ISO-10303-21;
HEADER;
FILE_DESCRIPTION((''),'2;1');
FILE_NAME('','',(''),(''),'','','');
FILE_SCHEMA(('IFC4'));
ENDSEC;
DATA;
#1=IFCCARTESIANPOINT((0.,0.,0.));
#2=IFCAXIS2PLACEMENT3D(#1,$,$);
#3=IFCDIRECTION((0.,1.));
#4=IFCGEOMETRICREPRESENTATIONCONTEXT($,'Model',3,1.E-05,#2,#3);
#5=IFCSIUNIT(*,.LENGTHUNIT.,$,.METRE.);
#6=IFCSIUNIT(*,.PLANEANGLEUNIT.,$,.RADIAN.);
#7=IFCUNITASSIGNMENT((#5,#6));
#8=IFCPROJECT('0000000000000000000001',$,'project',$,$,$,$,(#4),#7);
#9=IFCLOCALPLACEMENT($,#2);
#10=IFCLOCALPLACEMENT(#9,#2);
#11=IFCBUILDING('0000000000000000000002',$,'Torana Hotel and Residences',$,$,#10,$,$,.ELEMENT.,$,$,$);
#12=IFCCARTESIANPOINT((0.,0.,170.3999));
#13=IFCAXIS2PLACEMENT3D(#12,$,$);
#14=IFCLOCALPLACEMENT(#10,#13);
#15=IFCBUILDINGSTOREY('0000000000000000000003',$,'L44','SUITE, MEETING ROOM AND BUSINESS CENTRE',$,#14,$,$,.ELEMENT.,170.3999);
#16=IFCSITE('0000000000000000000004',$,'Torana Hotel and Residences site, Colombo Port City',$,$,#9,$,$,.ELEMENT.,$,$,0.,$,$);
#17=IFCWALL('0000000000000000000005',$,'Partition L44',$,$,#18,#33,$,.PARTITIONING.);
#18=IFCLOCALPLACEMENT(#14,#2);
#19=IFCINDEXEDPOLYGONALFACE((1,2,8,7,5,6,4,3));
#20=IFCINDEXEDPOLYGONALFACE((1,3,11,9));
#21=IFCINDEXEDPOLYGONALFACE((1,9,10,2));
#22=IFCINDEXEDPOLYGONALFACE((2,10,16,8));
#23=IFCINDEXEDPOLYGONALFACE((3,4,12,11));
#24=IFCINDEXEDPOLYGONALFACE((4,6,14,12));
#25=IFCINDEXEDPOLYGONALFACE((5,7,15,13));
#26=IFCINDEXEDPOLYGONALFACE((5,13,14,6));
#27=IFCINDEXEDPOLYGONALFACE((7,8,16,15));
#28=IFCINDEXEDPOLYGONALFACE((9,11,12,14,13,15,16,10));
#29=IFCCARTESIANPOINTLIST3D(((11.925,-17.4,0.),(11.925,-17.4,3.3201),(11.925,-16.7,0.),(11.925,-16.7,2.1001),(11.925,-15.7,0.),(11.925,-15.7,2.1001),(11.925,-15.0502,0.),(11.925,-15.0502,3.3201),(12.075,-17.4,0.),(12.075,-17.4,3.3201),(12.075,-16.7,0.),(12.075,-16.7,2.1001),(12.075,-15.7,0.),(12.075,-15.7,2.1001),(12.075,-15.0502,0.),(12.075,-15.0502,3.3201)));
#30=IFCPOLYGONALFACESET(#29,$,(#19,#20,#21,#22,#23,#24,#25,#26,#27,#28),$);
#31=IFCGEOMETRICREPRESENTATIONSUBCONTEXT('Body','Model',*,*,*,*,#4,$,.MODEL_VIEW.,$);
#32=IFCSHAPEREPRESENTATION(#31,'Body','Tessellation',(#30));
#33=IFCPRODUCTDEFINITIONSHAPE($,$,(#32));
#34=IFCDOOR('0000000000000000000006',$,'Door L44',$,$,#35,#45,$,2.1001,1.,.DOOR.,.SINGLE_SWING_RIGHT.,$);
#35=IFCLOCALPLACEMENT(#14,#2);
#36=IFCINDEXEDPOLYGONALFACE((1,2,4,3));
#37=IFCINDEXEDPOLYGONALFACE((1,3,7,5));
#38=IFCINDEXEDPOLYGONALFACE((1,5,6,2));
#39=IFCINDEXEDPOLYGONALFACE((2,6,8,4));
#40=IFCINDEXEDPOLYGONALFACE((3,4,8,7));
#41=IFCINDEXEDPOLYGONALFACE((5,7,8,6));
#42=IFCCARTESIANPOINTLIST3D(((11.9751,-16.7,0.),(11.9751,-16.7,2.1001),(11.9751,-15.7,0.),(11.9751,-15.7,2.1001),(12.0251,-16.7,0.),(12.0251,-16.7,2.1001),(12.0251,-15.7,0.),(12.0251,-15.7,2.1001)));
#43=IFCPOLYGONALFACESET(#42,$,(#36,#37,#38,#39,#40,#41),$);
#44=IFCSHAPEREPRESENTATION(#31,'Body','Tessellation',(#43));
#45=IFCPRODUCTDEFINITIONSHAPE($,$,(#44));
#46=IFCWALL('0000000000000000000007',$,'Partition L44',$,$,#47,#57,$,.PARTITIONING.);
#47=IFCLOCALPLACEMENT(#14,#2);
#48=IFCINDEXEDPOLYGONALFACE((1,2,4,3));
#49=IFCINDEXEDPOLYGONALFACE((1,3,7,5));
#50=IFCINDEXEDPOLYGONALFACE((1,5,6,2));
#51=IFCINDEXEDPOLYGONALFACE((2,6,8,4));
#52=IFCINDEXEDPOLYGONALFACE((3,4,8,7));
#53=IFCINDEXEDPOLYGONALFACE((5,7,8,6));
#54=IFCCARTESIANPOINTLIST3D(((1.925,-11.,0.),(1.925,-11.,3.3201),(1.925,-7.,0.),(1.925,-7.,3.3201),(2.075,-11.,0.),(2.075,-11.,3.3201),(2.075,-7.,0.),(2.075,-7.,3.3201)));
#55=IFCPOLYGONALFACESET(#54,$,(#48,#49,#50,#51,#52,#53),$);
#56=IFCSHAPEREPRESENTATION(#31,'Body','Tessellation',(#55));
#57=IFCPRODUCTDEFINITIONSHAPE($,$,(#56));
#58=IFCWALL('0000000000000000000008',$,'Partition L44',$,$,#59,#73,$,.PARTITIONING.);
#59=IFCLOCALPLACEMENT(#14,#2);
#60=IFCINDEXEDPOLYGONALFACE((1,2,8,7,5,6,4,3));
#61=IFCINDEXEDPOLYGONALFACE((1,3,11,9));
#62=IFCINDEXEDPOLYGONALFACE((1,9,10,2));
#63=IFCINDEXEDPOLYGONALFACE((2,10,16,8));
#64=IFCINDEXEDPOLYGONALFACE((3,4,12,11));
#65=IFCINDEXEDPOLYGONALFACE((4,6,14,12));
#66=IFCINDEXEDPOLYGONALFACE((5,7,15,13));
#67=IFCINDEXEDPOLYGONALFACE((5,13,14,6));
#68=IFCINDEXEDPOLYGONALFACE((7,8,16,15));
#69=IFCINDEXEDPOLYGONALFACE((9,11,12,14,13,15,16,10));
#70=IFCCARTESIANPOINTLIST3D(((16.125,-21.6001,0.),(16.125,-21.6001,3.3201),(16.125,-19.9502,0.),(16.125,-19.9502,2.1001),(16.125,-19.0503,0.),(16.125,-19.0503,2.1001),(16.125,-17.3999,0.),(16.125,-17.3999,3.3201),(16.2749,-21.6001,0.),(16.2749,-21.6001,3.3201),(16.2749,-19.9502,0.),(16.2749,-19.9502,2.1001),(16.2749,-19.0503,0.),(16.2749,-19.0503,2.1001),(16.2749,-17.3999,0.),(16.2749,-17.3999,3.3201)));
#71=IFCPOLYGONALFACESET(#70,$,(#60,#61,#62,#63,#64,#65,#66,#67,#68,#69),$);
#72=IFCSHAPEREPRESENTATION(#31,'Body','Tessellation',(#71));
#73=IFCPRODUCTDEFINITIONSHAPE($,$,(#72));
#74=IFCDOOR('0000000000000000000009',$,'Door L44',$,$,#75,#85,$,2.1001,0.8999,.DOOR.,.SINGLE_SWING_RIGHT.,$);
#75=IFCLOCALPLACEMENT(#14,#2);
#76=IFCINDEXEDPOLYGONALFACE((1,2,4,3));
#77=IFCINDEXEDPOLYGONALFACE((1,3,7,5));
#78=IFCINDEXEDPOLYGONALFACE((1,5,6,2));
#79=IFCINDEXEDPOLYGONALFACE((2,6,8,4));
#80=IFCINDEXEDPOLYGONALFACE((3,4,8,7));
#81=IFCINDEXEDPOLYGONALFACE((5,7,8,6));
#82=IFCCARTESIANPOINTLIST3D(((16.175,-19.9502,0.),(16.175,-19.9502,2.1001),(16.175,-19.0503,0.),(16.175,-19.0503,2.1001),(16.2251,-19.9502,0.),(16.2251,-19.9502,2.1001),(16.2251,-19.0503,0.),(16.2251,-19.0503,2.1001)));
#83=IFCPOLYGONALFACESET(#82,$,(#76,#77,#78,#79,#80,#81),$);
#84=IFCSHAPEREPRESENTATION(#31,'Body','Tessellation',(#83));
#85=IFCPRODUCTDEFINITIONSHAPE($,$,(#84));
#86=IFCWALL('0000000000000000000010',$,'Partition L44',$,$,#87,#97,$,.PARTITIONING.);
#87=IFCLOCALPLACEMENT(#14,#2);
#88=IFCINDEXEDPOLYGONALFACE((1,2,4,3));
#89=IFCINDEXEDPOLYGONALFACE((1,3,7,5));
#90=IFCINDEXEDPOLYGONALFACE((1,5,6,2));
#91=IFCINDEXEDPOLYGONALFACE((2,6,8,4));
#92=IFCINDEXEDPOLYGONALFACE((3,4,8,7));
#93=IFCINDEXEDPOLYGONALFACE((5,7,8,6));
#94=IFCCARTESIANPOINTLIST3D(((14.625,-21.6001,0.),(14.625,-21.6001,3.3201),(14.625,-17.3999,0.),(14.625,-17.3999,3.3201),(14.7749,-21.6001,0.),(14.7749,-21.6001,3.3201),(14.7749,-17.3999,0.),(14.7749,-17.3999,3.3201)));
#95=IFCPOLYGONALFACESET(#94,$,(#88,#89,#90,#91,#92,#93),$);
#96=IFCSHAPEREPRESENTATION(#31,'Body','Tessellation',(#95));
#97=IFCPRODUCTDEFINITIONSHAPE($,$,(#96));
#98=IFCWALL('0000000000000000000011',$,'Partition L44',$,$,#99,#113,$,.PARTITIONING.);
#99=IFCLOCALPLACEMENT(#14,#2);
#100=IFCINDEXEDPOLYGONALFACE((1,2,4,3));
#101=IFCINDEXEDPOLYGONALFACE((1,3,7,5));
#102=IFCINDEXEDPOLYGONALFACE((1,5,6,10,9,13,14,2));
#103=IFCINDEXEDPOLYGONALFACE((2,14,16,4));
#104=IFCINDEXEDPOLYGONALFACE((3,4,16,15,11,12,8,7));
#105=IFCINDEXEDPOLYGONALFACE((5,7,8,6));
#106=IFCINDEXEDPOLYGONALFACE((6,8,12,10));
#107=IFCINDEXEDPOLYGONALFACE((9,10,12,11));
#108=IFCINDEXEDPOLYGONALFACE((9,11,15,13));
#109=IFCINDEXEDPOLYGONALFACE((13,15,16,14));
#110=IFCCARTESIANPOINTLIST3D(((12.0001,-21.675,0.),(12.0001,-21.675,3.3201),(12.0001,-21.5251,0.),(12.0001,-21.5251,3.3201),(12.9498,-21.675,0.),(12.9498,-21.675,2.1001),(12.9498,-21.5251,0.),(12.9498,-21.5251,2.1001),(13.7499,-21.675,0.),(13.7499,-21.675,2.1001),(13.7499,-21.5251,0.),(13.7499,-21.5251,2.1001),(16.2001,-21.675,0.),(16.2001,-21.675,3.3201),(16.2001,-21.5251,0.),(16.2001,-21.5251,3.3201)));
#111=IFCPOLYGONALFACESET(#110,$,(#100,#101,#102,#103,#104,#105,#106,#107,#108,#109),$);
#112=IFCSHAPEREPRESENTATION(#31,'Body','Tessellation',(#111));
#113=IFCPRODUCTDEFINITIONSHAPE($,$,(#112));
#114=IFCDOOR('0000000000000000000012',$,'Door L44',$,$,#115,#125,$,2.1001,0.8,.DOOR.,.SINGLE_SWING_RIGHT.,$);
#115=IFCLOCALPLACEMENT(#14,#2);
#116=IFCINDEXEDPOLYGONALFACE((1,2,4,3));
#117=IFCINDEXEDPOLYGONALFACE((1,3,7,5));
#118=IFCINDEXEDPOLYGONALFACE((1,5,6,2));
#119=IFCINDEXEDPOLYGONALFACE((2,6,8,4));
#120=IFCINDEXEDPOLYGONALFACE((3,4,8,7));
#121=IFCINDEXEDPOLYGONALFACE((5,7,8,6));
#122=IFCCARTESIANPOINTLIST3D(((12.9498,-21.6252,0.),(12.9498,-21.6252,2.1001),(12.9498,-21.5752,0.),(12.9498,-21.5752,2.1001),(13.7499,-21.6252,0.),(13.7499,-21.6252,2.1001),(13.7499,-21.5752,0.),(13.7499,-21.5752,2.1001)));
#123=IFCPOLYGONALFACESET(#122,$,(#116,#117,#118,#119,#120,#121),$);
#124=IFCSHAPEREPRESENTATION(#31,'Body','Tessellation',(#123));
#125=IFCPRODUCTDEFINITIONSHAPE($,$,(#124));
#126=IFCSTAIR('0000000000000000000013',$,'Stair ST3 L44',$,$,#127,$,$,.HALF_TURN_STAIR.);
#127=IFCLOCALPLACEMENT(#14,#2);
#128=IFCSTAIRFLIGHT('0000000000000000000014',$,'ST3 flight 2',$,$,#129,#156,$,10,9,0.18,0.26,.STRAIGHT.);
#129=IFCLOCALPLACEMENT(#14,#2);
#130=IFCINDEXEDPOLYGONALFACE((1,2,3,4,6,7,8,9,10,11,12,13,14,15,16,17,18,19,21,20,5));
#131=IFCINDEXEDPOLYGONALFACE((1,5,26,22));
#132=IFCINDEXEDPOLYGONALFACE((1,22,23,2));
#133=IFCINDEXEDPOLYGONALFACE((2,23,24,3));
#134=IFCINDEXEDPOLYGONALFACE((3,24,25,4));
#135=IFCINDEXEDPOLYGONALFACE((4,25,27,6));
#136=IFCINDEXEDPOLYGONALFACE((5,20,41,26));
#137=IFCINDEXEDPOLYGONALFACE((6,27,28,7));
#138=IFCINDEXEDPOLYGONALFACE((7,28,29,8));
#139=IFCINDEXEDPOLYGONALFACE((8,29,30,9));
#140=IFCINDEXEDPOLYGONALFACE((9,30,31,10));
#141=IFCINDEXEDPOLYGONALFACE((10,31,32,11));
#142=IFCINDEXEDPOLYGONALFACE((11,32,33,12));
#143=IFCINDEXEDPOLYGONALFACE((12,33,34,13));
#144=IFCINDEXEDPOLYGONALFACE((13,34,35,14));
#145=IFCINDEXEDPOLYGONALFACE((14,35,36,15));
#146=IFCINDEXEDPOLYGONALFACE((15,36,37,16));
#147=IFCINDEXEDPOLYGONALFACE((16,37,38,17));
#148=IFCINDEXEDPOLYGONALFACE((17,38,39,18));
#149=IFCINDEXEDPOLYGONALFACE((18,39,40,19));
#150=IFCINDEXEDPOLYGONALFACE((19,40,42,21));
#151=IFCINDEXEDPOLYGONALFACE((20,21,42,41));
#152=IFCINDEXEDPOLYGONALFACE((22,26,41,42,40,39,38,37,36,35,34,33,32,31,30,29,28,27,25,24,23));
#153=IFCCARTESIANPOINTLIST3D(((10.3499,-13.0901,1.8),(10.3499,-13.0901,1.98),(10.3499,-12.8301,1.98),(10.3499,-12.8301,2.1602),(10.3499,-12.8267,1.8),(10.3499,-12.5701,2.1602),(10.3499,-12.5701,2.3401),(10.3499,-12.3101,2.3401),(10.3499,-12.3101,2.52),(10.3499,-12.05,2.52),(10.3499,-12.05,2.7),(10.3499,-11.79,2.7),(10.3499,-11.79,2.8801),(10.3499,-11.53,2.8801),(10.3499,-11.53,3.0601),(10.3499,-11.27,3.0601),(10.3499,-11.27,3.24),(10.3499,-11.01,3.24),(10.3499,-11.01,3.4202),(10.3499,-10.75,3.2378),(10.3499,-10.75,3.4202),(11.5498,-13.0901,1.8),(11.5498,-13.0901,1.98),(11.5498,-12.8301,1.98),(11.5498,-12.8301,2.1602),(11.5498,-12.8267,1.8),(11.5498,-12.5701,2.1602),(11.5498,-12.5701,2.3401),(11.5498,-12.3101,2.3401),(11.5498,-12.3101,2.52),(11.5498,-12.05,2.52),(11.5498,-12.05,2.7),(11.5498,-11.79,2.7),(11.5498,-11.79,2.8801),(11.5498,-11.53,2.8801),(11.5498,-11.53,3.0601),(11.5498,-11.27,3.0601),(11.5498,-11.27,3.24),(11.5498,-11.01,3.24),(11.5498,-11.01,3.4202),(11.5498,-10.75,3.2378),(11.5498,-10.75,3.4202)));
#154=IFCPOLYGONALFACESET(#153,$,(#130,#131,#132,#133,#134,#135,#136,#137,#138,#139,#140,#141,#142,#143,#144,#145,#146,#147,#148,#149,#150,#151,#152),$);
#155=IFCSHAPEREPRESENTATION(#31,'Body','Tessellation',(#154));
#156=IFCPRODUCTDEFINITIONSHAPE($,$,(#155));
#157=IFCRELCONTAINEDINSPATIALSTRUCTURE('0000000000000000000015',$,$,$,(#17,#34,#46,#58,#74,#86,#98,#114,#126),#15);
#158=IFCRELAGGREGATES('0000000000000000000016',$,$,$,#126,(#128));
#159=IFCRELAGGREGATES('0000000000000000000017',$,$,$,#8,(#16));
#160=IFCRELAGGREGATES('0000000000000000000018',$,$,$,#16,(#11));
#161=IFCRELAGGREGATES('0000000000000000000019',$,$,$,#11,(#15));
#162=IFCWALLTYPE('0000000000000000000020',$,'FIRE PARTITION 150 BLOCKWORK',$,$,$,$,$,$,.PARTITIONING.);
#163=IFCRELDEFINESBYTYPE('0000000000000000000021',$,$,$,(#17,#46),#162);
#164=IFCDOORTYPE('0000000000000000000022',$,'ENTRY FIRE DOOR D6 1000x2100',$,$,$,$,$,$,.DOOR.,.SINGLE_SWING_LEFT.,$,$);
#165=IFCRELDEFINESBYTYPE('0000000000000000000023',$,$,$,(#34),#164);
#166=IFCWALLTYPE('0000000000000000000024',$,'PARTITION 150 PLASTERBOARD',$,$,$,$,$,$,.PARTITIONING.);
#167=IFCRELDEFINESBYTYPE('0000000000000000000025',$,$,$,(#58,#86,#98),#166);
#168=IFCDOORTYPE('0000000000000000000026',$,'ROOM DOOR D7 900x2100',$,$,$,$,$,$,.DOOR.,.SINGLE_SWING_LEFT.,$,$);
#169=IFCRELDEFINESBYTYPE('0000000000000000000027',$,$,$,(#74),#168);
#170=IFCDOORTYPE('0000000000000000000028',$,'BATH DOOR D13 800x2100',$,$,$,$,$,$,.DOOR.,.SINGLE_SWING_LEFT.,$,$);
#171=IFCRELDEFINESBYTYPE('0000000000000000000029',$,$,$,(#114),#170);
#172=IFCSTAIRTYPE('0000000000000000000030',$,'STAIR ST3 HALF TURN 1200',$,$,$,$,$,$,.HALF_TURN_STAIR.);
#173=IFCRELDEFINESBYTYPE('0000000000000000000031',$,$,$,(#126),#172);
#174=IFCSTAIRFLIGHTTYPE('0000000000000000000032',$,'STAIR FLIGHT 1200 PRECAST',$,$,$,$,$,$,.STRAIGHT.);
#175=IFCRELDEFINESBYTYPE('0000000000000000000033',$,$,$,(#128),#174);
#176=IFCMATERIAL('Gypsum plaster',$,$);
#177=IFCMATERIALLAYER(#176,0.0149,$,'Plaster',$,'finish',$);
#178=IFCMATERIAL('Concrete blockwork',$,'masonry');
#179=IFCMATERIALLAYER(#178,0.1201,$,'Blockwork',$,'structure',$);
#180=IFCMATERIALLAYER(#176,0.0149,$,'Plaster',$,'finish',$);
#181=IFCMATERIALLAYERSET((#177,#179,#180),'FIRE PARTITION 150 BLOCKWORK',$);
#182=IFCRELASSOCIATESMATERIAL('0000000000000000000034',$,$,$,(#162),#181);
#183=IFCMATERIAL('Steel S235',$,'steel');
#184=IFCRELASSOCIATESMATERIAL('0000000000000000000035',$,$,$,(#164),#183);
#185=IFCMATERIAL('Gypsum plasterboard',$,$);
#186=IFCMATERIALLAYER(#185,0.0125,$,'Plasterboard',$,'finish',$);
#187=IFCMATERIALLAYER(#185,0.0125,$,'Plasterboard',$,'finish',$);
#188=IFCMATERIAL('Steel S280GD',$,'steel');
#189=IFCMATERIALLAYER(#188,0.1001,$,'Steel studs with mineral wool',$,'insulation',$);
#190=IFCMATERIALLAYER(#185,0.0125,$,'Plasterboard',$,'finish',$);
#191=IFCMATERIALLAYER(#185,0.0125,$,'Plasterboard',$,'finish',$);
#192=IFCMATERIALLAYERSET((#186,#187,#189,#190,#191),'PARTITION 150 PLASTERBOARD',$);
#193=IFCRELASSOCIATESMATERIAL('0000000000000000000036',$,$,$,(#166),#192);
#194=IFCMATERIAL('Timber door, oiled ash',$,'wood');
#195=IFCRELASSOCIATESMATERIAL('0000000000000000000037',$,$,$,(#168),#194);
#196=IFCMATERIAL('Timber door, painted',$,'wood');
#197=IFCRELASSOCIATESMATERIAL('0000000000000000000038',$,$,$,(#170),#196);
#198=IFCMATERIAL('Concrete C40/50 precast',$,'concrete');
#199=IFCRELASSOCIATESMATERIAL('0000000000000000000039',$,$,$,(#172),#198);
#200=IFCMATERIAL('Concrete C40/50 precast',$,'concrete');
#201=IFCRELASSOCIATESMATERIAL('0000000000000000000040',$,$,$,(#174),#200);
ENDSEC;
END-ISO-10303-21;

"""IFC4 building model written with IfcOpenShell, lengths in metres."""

from ifc_helpers import new_model, si_unit, direction, frame, frame_2d, origin, place, context, subcontext, project, spatial, polyline, rectangle, outline, extrude, material, layer, layer_set, type_object, element, fill, aggregate, save


model = new_model("IFC4")

# Units and contexts
model_context = context("Model", 3, precision=1e-05, world=origin(), true_north=direction((0.0, 1.0)))
body_context = subcontext(model_context, "Body", "Model", "MODEL_VIEW")
ifc_project = project(units=[si_unit("LENGTHUNIT", "METRE"), si_unit("PLANEANGLEUNIT", "RADIAN")], contexts=[model_context])

# Site, building, storey
site_placement = place(None, origin())
site = spatial("IfcSite", under=ifc_project, at=site_placement, Name="Torana Hotel and Residences site, Colombo Port City", CompositionType="ELEMENT", RefElevation=0.0)
building_placement = place(site_placement, origin())
building = spatial("IfcBuilding", under=site, at=building_placement, Name="Torana Hotel and Residences", CompositionType="ELEMENT")
storey_placement = place(building_placement, frame((0.0, 0.0, 170.3999)))
storey = spatial("IfcBuildingStorey", under=building, at=storey_placement, Name="L44", Description="SUITE, MEETING ROOM AND BUSINESS CENTRE", CompositionType="ELEMENT", Elevation=170.3999)

# Wall, opening, door
ifc_material_1 = material(Name="Gypsum plaster")
ifc_layer_1 = layer(ifc_material_1, 0.0149, Name="Plaster", Category="finish")
ifc_material_2 = material(Name="Concrete blockwork", Category="masonry")
ifc_layer_2 = layer(ifc_material_2, 0.1201, Name="Blockwork", Category="structure")
ifc_layer_3 = layer(ifc_material_1, 0.0149, Name="Plaster", Category="finish")
ifc_layer_set_1 = layer_set([ifc_layer_1, ifc_layer_2, ifc_layer_3], Name="FIRE PARTITION 150 BLOCKWORK")
wall_type_1 = type_object("IfcWallType", Name="FIRE PARTITION 150 BLOCKWORK", PredefinedType="PARTITIONING", material=ifc_layer_set_1)
wall_1_placement = place(storey_placement, frame((12.0, -17.3999, 0.0), z_axis=(0.0, 0.0, 1.0), x_axis=(0.0, 1.0, 0.0)))
wall_1 = element("IfcWall", 1, at=wall_1_placement, inside=storey, type_object=wall_type_1, Name="Partition L44", PredefinedType="PARTITIONING", context=body_context, shape_type="SweptSolid", body=[
    extrude(rectangle(XDim=2.3499, YDim=0.1499, at=frame_2d((1.1748, 0.0))), origin(), (0.0, 0.0, 1.0), 3.3201),
])
opening_1_placement = place(wall_1_placement, frame((0.7, 0.0, 0.0)))
opening_1 = element("IfcOpeningElement", 2, at=opening_1_placement, cuts=wall_1, PredefinedType="OPENING", context=body_context, shape_type="SweptSolid", body=[
    extrude(rectangle(XDim=1.0, YDim=2.1001, at=frame_2d((0.5, 1.05))), frame((0.0, 0.085, 0.0), z_axis=(0.0, -1.0, 0.0), x_axis=(1.0, 0.0, 0.0)), (0.0, 0.0, 1.0), 0.1699),
])
ifc_material_3 = material(Name="Steel S235", Category="steel")
door_type_1 = type_object("IfcDoorType", Name="ENTRY FIRE DOOR D6 1000x2100", OperationType="SINGLE_SWING_LEFT", PredefinedType="DOOR", material=ifc_material_3)
door_1_placement = place(opening_1_placement, origin())
door_1 = element("IfcDoor", 3, at=door_1_placement, inside=storey, type_object=door_type_1, Name="Door L44", OperationType="SINGLE_SWING_RIGHT", OverallHeight=2.1001, OverallWidth=1.0, PredefinedType="DOOR", context=body_context, shape_type="SweptSolid", body=[
    extrude(rectangle(XDim=1.0, YDim=2.1001, at=frame_2d((0.5, 1.05))), frame((0.0, 0.0249, 0.0), z_axis=(0.0, -1.0, 0.0), x_axis=(1.0, 0.0, 0.0)), (0.0, 0.0, 1.0), 0.05),
])
fill(opening_1, door_1)

# Wall
wall_2_placement = place(storey_placement, frame((2.0, -11.0, 0.0), z_axis=(0.0, 0.0, 1.0), x_axis=(0.0, 1.0, 0.0)))
element("IfcWall", 4, at=wall_2_placement, inside=storey, type_object=wall_type_1, Name="Partition L44", PredefinedType="PARTITIONING", context=body_context, shape_type="SweptSolid", body=[
    extrude(rectangle(XDim=4.0, YDim=0.1499, at=frame_2d((2.0, 0.0))), origin(), (0.0, 0.0, 1.0), 3.3201),
])

# Wall, opening, door
ifc_material_4 = material(Name="Gypsum plasterboard")
ifc_layer_4 = layer(ifc_material_4, 0.0125, Name="Plasterboard", Category="finish")
ifc_layer_5 = layer(ifc_material_4, 0.0125, Name="Plasterboard", Category="finish")
ifc_material_5 = material(Name="Steel S280GD", Category="steel")
ifc_layer_6 = layer(ifc_material_5, 0.1001, Name="Steel studs with mineral wool", Category="insulation")
ifc_layer_7 = layer(ifc_material_4, 0.0125, Name="Plasterboard", Category="finish")
ifc_layer_8 = layer(ifc_material_4, 0.0125, Name="Plasterboard", Category="finish")
ifc_layer_set_2 = layer_set([ifc_layer_4, ifc_layer_5, ifc_layer_6, ifc_layer_7, ifc_layer_8], Name="PARTITION 150 PLASTERBOARD")
wall_type_2 = type_object("IfcWallType", Name="PARTITION 150 PLASTERBOARD", PredefinedType="PARTITIONING", material=ifc_layer_set_2)
wall_3_placement = place(storey_placement, frame((16.2, -21.6001, 0.0), z_axis=(0.0, 0.0, 1.0), x_axis=(0.0, 1.0, 0.0)))
wall_3 = element("IfcWall", 5, at=wall_3_placement, inside=storey, type_object=wall_type_2, Name="Partition L44", PredefinedType="PARTITIONING", context=body_context, shape_type="SweptSolid", body=[
    extrude(rectangle(XDim=4.2002, YDim=0.1499, at=frame_2d((2.1001, 0.0))), origin(), (0.0, 0.0, 1.0), 3.3201),
])
opening_2_placement = place(wall_3_placement, frame((1.6499, 0.0, 0.0)))
opening_2 = element("IfcOpeningElement", 6, at=opening_2_placement, cuts=wall_3, PredefinedType="OPENING", context=body_context, shape_type="SweptSolid", body=[
    extrude(rectangle(XDim=0.8999, YDim=2.1001, at=frame_2d((0.45, 1.05))), frame((0.0, 0.085, 0.0), z_axis=(0.0, -1.0, 0.0), x_axis=(1.0, 0.0, 0.0)), (0.0, 0.0, 1.0), 0.1699),
])
ifc_material_6 = material(Name="Timber door, oiled ash", Category="wood")
door_type_2 = type_object("IfcDoorType", Name="ROOM DOOR D7 900x2100", OperationType="SINGLE_SWING_LEFT", PredefinedType="DOOR", material=ifc_material_6)
door_2_placement = place(opening_2_placement, origin())
door_2 = element("IfcDoor", 7, at=door_2_placement, inside=storey, type_object=door_type_2, Name="Door L44", OperationType="SINGLE_SWING_RIGHT", OverallHeight=2.1001, OverallWidth=0.8999, PredefinedType="DOOR", context=body_context, shape_type="SweptSolid", body=[
    extrude(rectangle(XDim=0.8999, YDim=2.1001, at=frame_2d((0.45, 1.05))), frame((0.0, 0.0249, 0.0), z_axis=(0.0, -1.0, 0.0), x_axis=(1.0, 0.0, 0.0)), (0.0, 0.0, 1.0), 0.05),
])
fill(opening_2, door_2)

# Wall
wall_4_placement = place(storey_placement, frame((14.7, -21.6001, 0.0), z_axis=(0.0, 0.0, 1.0), x_axis=(0.0, 1.0, 0.0)))
element("IfcWall", 8, at=wall_4_placement, inside=storey, type_object=wall_type_2, Name="Partition L44", PredefinedType="PARTITIONING", context=body_context, shape_type="SweptSolid", body=[
    extrude(rectangle(XDim=4.2002, YDim=0.1499, at=frame_2d((2.1001, 0.0))), origin(), (0.0, 0.0, 1.0), 3.3201),
])

# Wall, opening, door
wall_5_placement = place(storey_placement, frame((12.0, -21.6001, 0.0), z_axis=(0.0, 0.0, 1.0), x_axis=(1.0, 0.0, 0.0)))
wall_5 = element("IfcWall", 9, at=wall_5_placement, inside=storey, type_object=wall_type_2, Name="Partition L44", PredefinedType="PARTITIONING", context=body_context, shape_type="SweptSolid", body=[
    extrude(rectangle(XDim=4.2, YDim=0.1499, at=frame_2d((2.1001, 0.0))), origin(), (0.0, 0.0, 1.0), 3.3201),
])
opening_3_placement = place(wall_5_placement, frame((0.95, 0.0, 0.0)))
opening_3 = element("IfcOpeningElement", 10, at=opening_3_placement, cuts=wall_5, PredefinedType="OPENING", context=body_context, shape_type="SweptSolid", body=[
    extrude(rectangle(XDim=0.8, YDim=2.1001, at=frame_2d((0.3999, 1.05))), frame((0.0, 0.085, 0.0), z_axis=(0.0, -1.0, 0.0), x_axis=(1.0, 0.0, 0.0)), (0.0, 0.0, 1.0), 0.1699),
])
ifc_material_7 = material(Name="Timber door, painted", Category="wood")
door_type_3 = type_object("IfcDoorType", Name="BATH DOOR D13 800x2100", OperationType="SINGLE_SWING_LEFT", PredefinedType="DOOR", material=ifc_material_7)
door_3_placement = place(opening_3_placement, origin())
door_3 = element("IfcDoor", 11, at=door_3_placement, inside=storey, type_object=door_type_3, Name="Door L44", OperationType="SINGLE_SWING_RIGHT", OverallHeight=2.1001, OverallWidth=0.8, PredefinedType="DOOR", context=body_context, shape_type="SweptSolid", body=[
    extrude(rectangle(XDim=0.8, YDim=2.1001, at=frame_2d((0.3999, 1.05))), frame((0.0, 0.0249, 0.0), z_axis=(0.0, -1.0, 0.0), x_axis=(1.0, 0.0, 0.0)), (0.0, 0.0, 1.0), 0.05),
])
fill(opening_3, door_3)

# Stair, stair flight
ifc_material_8 = material(Name="Concrete C40/50 precast", Category="concrete")
stair_type_1 = type_object("IfcStairType", Name="STAIR ST3 HALF TURN 1200", PredefinedType="HALF_TURN_STAIR", material=ifc_material_8)
stair_1_placement = place(storey_placement, origin())
stair_1 = element("IfcStair", 12, at=stair_1_placement, inside=storey, type_object=stair_type_1, Name="Stair ST3 L44", PredefinedType="HALF_TURN_STAIR")
ifc_material_9 = material(Name="Concrete C40/50 precast", Category="concrete")
stair_flight_type = type_object("IfcStairFlightType", Name="STAIR FLIGHT 1200 PRECAST", PredefinedType="STRAIGHT", material=ifc_material_9)
stair_flight_1_placement = place(storey_placement, frame((10.95, -13.0901, 1.8), z_axis=(0.0, 0.0, 1.0), x_axis=(0.0, 1.0, 0.0)))
stair_flight_1 = element("IfcStairFlight", 13, at=stair_flight_1_placement, type_object=stair_flight_type, Name="ST3 flight 2", NumberOfRisers=10, NumberOfTreads=9, PredefinedType="STRAIGHT", RiserHeight=0.18, TreadLength=0.26, context=body_context, shape_type="SweptSolid", body=[
    extrude(outline(polyline([(0.0, 0.0), (0.0, 0.1799), (0.26, 0.1799), (0.26, 0.3601), (0.52, 0.3601), (0.52, 0.54), (0.78, 0.54), (0.78, 0.72), (1.04, 0.72), (1.04, 0.8999), (1.3, 0.8999), (1.3, 1.0801), (1.5601, 1.0801), (1.5601, 1.26), (1.8201, 1.26), (1.8201, 1.4399), (2.0801, 1.4399), (2.0801, 1.6201), (2.3401, 1.6201), (2.3401, 1.8), (2.3401, 1.4377), (0.2634, 0.0), (0.0, 0.0)])), frame((0.0, 0.6001, 0.0), z_axis=(0.0, -1.0, 0.0), x_axis=(1.0, 0.0, 0.0)), (0.0, 0.0, 1.0), 1.2),
])
aggregate(stair_1, [stair_flight_1])

save(model, "model.ifc")
